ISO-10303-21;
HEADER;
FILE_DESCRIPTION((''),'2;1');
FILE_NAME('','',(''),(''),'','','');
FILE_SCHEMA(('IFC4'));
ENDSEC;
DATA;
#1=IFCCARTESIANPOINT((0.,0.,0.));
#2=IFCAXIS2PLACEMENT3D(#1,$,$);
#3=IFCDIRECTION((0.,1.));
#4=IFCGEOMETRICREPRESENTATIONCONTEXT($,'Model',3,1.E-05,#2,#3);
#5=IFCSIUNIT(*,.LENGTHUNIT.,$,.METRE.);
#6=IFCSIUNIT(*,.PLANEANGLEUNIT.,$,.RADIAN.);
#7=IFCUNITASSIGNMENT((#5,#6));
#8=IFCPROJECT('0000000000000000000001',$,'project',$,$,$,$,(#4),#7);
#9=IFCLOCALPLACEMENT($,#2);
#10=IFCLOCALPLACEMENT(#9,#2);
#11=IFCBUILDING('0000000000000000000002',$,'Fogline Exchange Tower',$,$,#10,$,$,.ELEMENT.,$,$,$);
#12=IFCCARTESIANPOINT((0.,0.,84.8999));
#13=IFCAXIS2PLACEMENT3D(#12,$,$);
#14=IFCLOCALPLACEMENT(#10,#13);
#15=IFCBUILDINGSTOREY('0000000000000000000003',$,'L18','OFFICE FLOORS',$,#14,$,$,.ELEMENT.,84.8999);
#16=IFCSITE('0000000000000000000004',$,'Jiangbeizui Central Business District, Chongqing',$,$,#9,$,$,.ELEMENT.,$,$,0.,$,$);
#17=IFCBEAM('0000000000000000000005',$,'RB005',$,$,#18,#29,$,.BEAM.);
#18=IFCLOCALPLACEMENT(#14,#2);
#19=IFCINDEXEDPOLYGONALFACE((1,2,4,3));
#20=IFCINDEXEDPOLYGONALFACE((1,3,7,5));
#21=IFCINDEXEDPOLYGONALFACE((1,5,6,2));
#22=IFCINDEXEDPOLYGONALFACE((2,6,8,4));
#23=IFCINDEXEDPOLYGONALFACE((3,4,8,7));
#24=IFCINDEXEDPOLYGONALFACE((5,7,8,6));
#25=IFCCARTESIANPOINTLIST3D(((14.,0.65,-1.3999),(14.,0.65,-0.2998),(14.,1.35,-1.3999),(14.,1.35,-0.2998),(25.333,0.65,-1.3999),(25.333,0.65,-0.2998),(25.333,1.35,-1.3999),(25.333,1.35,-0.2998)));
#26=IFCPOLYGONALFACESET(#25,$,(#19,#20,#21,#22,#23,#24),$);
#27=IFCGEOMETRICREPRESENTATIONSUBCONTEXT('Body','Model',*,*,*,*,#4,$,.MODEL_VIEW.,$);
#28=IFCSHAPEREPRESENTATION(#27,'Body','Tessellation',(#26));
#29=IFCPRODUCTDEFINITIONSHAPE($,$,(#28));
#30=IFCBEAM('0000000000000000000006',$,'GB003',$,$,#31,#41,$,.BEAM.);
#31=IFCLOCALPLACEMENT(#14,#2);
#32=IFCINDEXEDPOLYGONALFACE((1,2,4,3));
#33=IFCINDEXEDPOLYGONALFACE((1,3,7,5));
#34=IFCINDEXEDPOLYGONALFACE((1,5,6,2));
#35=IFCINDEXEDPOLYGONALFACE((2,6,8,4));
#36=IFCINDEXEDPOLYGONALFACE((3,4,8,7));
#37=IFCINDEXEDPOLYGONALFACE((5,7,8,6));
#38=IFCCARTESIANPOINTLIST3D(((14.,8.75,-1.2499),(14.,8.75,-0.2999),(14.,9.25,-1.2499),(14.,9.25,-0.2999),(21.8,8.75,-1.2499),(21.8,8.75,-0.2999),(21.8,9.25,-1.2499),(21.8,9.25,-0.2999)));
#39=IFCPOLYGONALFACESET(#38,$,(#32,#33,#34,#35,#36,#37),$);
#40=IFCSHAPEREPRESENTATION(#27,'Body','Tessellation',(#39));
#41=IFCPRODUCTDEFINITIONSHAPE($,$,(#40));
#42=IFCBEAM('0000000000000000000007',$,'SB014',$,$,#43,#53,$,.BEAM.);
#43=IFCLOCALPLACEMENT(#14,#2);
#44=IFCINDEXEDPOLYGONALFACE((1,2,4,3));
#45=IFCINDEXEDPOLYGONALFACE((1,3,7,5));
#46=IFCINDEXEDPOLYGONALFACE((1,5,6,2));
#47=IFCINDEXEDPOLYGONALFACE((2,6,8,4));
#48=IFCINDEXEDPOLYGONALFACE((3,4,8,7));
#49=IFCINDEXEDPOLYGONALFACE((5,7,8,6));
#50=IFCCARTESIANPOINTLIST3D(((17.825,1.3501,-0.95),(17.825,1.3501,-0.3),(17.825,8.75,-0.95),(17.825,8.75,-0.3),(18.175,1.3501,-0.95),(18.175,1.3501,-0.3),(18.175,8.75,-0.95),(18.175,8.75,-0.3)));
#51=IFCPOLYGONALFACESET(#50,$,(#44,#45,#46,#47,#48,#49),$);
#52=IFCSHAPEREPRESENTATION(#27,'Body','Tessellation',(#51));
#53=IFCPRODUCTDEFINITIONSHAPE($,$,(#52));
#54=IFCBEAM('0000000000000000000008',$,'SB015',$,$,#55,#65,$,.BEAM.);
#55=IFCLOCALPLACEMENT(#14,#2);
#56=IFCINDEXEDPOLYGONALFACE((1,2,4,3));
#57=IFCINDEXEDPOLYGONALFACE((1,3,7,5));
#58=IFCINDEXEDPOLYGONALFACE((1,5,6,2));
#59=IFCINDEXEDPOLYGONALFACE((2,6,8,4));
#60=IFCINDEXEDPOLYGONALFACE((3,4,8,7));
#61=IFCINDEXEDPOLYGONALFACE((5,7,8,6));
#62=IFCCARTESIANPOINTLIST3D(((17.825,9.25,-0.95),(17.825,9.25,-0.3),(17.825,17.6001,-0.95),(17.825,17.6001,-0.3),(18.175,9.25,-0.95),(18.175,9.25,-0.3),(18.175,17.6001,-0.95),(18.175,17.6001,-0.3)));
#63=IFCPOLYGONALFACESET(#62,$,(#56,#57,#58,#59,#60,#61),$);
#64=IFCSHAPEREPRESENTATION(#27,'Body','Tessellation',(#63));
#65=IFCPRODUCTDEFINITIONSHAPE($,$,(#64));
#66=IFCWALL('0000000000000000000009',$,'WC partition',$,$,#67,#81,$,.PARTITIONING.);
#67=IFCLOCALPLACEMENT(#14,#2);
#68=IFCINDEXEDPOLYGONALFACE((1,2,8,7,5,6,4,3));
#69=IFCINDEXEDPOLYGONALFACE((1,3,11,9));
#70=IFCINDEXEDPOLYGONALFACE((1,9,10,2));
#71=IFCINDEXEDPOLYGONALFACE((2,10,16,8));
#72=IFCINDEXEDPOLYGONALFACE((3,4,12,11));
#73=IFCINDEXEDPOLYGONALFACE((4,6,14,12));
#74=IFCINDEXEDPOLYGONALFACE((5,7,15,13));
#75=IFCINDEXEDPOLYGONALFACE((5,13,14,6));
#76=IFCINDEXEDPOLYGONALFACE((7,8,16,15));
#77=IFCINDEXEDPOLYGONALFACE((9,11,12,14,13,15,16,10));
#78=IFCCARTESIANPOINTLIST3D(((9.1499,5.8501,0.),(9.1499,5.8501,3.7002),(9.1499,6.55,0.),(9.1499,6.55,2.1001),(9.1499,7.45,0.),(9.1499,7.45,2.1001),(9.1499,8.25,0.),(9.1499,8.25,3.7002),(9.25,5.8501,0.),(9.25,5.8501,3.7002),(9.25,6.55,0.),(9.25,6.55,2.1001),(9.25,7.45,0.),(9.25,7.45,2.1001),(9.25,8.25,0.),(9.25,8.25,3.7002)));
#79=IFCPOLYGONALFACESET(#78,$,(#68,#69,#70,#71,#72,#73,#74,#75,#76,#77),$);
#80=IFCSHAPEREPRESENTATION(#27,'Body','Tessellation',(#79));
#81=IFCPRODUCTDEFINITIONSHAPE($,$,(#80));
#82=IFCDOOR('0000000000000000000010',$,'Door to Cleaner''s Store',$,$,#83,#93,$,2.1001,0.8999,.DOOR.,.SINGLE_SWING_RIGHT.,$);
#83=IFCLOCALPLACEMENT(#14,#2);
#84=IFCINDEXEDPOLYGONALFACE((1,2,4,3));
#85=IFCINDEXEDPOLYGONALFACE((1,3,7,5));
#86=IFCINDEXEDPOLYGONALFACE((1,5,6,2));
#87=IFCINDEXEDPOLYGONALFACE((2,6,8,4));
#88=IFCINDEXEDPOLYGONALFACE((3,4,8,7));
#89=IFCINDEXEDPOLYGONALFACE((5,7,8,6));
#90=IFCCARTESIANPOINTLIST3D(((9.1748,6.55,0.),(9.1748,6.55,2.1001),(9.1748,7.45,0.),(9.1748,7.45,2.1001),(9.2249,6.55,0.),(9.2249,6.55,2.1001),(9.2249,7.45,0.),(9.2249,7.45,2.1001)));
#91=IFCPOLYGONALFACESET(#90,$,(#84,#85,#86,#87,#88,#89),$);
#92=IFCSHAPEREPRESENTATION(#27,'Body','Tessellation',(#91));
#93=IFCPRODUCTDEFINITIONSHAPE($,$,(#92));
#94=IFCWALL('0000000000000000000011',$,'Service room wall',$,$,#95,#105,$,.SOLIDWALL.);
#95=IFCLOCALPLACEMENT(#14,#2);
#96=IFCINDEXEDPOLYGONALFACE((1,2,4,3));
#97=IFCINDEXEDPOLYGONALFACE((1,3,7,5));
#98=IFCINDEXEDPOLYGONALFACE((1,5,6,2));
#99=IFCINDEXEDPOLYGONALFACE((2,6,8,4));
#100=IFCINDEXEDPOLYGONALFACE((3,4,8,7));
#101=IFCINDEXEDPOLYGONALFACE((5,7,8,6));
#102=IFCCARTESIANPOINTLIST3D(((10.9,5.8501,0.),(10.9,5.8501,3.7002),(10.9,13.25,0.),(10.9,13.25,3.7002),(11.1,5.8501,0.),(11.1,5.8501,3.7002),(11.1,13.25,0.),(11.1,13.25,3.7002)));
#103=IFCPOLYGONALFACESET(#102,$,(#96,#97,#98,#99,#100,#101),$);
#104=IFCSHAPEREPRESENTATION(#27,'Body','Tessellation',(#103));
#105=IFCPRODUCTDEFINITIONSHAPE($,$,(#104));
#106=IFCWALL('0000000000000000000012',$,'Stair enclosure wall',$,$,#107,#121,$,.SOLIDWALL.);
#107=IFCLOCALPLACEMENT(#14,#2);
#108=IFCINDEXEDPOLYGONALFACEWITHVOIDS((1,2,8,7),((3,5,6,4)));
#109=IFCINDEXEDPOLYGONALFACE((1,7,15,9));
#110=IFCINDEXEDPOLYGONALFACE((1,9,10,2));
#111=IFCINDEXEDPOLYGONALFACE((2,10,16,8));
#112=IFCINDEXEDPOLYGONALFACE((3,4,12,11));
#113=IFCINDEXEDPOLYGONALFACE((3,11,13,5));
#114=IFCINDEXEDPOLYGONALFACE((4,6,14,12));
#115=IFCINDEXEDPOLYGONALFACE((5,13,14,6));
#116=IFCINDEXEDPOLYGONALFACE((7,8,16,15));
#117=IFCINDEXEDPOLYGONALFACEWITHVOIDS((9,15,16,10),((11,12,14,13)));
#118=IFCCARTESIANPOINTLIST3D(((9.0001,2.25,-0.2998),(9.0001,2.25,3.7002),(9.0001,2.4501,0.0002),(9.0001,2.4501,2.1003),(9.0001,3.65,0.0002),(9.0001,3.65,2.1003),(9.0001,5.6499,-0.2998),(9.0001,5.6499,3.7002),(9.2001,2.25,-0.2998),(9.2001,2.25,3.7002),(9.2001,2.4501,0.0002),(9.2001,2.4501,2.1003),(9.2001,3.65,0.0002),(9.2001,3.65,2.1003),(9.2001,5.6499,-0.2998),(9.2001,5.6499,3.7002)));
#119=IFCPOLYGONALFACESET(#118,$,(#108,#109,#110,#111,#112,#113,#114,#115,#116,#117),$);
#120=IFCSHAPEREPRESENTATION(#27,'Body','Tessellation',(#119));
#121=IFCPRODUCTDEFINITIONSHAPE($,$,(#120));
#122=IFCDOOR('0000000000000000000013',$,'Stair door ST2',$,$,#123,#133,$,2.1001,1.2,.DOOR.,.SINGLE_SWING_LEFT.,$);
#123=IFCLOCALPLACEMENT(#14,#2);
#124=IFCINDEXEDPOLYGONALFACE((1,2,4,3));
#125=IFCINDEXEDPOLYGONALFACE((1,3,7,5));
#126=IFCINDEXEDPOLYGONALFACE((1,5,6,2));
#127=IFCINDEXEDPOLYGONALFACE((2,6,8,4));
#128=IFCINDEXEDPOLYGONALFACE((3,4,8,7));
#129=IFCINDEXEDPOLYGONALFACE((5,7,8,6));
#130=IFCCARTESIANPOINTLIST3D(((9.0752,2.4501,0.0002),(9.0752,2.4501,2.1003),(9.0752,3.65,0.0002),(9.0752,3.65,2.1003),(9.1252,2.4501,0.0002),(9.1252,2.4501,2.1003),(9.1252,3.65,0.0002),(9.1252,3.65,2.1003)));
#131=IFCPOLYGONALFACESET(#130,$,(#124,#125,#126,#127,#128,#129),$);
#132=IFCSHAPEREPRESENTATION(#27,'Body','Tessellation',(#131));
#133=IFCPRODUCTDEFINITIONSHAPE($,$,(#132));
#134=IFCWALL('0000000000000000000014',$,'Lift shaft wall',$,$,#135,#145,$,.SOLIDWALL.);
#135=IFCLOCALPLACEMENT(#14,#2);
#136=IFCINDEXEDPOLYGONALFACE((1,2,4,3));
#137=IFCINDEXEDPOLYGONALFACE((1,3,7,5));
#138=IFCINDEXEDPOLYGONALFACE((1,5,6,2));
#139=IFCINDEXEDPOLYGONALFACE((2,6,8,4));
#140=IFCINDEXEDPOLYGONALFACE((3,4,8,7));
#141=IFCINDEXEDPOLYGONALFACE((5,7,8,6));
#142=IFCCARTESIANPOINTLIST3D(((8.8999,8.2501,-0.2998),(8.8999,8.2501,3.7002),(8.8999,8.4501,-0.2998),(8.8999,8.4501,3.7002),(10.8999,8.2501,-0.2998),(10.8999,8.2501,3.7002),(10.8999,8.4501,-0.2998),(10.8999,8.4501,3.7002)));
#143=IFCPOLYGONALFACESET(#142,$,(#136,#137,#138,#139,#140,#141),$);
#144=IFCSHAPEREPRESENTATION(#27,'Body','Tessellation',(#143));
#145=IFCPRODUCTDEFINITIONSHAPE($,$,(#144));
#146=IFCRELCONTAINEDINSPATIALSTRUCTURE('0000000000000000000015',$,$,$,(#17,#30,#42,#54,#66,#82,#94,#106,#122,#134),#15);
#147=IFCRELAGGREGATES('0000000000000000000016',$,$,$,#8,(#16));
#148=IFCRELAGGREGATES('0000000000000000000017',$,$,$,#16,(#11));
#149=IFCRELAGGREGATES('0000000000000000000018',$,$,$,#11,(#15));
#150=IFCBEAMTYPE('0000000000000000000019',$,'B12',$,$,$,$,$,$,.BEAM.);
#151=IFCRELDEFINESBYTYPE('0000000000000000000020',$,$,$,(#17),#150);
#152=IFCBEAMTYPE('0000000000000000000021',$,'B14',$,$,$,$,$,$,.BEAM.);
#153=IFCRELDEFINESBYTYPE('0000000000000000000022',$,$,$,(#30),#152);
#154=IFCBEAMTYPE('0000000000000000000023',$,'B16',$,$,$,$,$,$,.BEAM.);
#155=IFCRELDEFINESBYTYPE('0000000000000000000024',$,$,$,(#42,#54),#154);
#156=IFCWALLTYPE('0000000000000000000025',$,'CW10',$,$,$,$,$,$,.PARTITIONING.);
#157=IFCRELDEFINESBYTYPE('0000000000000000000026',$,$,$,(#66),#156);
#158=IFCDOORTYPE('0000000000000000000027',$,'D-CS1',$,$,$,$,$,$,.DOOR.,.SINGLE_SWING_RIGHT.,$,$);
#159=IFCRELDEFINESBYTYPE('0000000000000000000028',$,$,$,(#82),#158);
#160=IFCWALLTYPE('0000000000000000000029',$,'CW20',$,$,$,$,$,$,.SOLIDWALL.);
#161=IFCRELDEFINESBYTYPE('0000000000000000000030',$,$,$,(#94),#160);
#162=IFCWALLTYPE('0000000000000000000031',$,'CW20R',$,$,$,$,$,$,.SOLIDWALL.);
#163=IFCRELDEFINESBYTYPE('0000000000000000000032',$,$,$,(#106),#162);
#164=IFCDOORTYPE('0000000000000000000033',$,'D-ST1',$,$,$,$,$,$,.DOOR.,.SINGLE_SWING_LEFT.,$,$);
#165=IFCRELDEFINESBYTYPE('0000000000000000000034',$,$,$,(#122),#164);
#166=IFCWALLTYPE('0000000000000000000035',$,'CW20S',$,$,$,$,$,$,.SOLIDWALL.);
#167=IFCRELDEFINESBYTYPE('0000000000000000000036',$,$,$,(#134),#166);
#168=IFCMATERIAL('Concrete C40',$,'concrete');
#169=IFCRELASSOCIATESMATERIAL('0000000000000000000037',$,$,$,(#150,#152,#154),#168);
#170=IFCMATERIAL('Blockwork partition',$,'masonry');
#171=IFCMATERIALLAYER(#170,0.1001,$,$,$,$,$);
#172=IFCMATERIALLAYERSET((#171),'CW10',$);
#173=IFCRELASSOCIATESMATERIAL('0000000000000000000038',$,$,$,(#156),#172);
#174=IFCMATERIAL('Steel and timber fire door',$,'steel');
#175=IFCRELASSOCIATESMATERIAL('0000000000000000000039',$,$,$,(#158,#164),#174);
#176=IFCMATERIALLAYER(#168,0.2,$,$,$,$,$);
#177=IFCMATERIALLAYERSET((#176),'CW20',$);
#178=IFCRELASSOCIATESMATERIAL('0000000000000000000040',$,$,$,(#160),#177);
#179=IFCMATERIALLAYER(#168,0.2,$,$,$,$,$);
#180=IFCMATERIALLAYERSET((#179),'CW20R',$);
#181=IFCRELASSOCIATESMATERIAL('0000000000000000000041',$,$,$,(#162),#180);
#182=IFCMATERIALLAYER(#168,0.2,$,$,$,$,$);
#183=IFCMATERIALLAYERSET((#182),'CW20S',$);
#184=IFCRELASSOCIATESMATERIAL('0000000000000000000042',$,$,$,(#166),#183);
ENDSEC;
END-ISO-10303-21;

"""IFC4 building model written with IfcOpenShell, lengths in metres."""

from ifc_helpers import new_model, si_unit, direction, frame, frame_2d, origin, origin_2d, place, context, subcontext, project, spatial, rectangle, extrude, material, layer, layer_set, material_profile, profile_set, type_object, element, fill, save


model = new_model("IFC4")

# Units and contexts
model_context = context("Model", 3, precision=1e-05, world=origin(), true_north=direction((0.0, 1.0)))
body_context = subcontext(model_context, "Body", "Model", "MODEL_VIEW")
ifc_project = project(units=[si_unit("LENGTHUNIT", "METRE"), si_unit("PLANEANGLEUNIT", "RADIAN")], contexts=[model_context])

# Site, building, storey
site_placement = place(None, origin())
site = spatial("IfcSite", under=ifc_project, at=site_placement, Name="Jiangbeizui Central Business District, Chongqing", CompositionType="ELEMENT", RefElevation=0.0)
building_placement = place(site_placement, origin())
building = spatial("IfcBuilding", under=site, at=building_placement, Name="Fogline Exchange Tower", CompositionType="ELEMENT")
storey_placement = place(building_placement, frame((0.0, 0.0, 84.8999)))
storey = spatial("IfcBuildingStorey", under=building, at=storey_placement, Name="L18", Description="OFFICE FLOORS", CompositionType="ELEMENT", Elevation=84.8999)

# Beams
ifc_material_1 = material(Name="Concrete C40", Category="concrete")
ifc_material_profile_1 = material_profile(ifc_material_1, rectangle(XDim=0.7, YDim=1.1001, at=origin_2d()), Name="RC 700x1100")
ifc_profile_set_1 = profile_set([ifc_material_profile_1], Name="Concrete C40")
beam_type_1 = type_object("IfcBeamType", Name="B12", PredefinedType="BEAM", material=ifc_profile_set_1)
beam_1_placement = place(storey_placement, frame((14.0, 1.0, -0.8499), z_axis=(1.0, 0.0, 0.0), x_axis=(0.0, 1.0, 0.0)))
element("IfcBeam", 1, at=beam_1_placement, inside=storey, type_object=beam_type_1, Name="RB005", PredefinedType="BEAM", context=body_context, shape_type="SweptSolid", body=[
    extrude(rectangle(XDim=0.7, YDim=1.1001, at=origin_2d()), origin(), (0.0, 0.0, 1.0), 11.333),
])
ifc_material_profile_2 = material_profile(ifc_material_1, rectangle(XDim=0.5, YDim=0.95, at=origin_2d()), Name="RC 500x950")
ifc_profile_set_2 = profile_set([ifc_material_profile_2], Name="Concrete C40")
beam_type_2 = type_object("IfcBeamType", Name="B14", PredefinedType="BEAM", material=ifc_profile_set_2)
beam_2_placement = place(storey_placement, frame((14.0, 9.0, -0.7749), z_axis=(1.0, 0.0, 0.0), x_axis=(0.0, 1.0, 0.0)))
element("IfcBeam", 2, at=beam_2_placement, inside=storey, type_object=beam_type_2, Name="GB003", PredefinedType="BEAM", context=body_context, shape_type="SweptSolid", body=[
    extrude(rectangle(XDim=0.5, YDim=0.95, at=origin_2d()), origin(), (0.0, 0.0, 1.0), 7.8),
])
ifc_material_profile_3 = material_profile(ifc_material_1, rectangle(XDim=0.3501, YDim=0.6499, at=origin_2d()), Name="RC 350x650")
ifc_profile_set_3 = profile_set([ifc_material_profile_3], Name="Concrete C40")
beam_type_3 = type_object("IfcBeamType", Name="B16", PredefinedType="BEAM", material=ifc_profile_set_3)
beam_3_placement = place(storey_placement, frame((18.0, 1.3501, -0.625), z_axis=(0.0, 1.0, 0.0), x_axis=(-1.0, 0.0, 0.0)))
element("IfcBeam", 3, at=beam_3_placement, inside=storey, type_object=beam_type_3, Name="SB014", PredefinedType="BEAM", context=body_context, shape_type="SweptSolid", body=[
    extrude(rectangle(XDim=0.3501, YDim=0.6499, at=origin_2d()), origin(), (0.0, 0.0, 1.0), 7.3999),
])
beam_4_placement = place(storey_placement, frame((18.0, 9.25, -0.625), z_axis=(0.0, 1.0, 0.0), x_axis=(-1.0, 0.0, 0.0)))
element("IfcBeam", 4, at=beam_4_placement, inside=storey, type_object=beam_type_3, Name="SB015", PredefinedType="BEAM", context=body_context, shape_type="SweptSolid", body=[
    extrude(rectangle(XDim=0.3501, YDim=0.6499, at=origin_2d()), origin(), (0.0, 0.0, 1.0), 8.3501),
])

# Wall, opening, door
ifc_material_2 = material(Name="Blockwork partition", Category="masonry")
ifc_layer_1 = layer(ifc_material_2, 0.1001)
ifc_layer_set_1 = layer_set([ifc_layer_1], Name="CW10")
wall_type_1 = type_object("IfcWallType", Name="CW10", PredefinedType="PARTITIONING", material=ifc_layer_set_1)
wall_1_placement = place(storey_placement, frame((9.2, 5.8501, 0.0), z_axis=(0.0, 0.0, 1.0), x_axis=(0.0, 1.0, 0.0)))
wall_1 = element("IfcWall", 5, at=wall_1_placement, inside=storey, type_object=wall_type_1, Name="WC partition", PredefinedType="PARTITIONING", context=body_context, shape_type="SweptSolid", body=[
    extrude(rectangle(XDim=2.3999, YDim=0.1001, at=frame_2d((1.2, 0.0))), origin(), (0.0, 0.0, 1.0), 3.7002),
])
opening_1_placement = place(wall_1_placement, frame((0.7, 0.0, 0.0)))
opening_1 = element("IfcOpeningElement", 6, at=opening_1_placement, cuts=wall_1, PredefinedType="OPENING", context=body_context, shape_type="SweptSolid", body=[
    extrude(rectangle(XDim=0.8999, YDim=2.1001, at=frame_2d((0.45, 1.05))), frame((0.0, 0.0601, 0.0), z_axis=(0.0, -1.0, 0.0), x_axis=(1.0, 0.0, 0.0)), (0.0, 0.0, 1.0), 0.1201),
])
ifc_material_3 = material(Name="Steel and timber fire door", Category="steel")
door_type_1 = type_object("IfcDoorType", Name="D-CS1", OperationType="SINGLE_SWING_RIGHT", PredefinedType="DOOR", material=ifc_material_3)
door_1_placement = place(opening_1_placement, frame((0.8999, 0.0, 0.0), z_axis=(0.0, 0.0, 1.0), x_axis=(-1.0, 0.0, 0.0)))
door_1 = element("IfcDoor", 7, at=door_1_placement, inside=storey, type_object=door_type_1, Name="Door to Cleaner's Store", OperationType="SINGLE_SWING_RIGHT", OverallHeight=2.1001, OverallWidth=0.8999, PredefinedType="DOOR", context=body_context, shape_type="SweptSolid", body=[
    extrude(rectangle(XDim=0.8999, YDim=2.1001, at=frame_2d((0.45, 1.05))), frame((0.0, 0.0249, 0.0), z_axis=(0.0, -1.0, 0.0), x_axis=(1.0, 0.0, 0.0)), (0.0, 0.0, 1.0), 0.05),
])
fill(opening_1, door_1)

# Wall
ifc_layer_2 = layer(ifc_material_1, 0.2)
ifc_layer_set_2 = layer_set([ifc_layer_2], Name="CW20")
wall_type_2 = type_object("IfcWallType", Name="CW20", PredefinedType="SOLIDWALL", material=ifc_layer_set_2)
wall_2_placement = place(storey_placement, frame((11.0, 5.8501, 0.0), z_axis=(0.0, 0.0, 1.0), x_axis=(0.0, 1.0, 0.0)))
element("IfcWall", 8, at=wall_2_placement, inside=storey, type_object=wall_type_2, Name="Service room wall", PredefinedType="SOLIDWALL", context=body_context, shape_type="SweptSolid", body=[
    extrude(rectangle(XDim=7.3999, YDim=0.2, at=frame_2d((3.7, 0.0))), origin(), (0.0, 0.0, 1.0), 3.7002),
])

# Wall, opening, door
ifc_layer_3 = layer(ifc_material_1, 0.2)
ifc_layer_set_3 = layer_set([ifc_layer_3], Name="CW20R")
wall_type_3 = type_object("IfcWallType", Name="CW20R", PredefinedType="SOLIDWALL", material=ifc_layer_set_3)
wall_3_placement = place(storey_placement, frame((9.1001, 2.25, -0.2998), z_axis=(0.0, 0.0, 1.0), x_axis=(0.0, 1.0, 0.0)))
wall_3 = element("IfcWall", 9, at=wall_3_placement, inside=storey, type_object=wall_type_3, Name="Stair enclosure wall", PredefinedType="SOLIDWALL", context=body_context, shape_type="SweptSolid", body=[
    extrude(rectangle(XDim=3.3999, YDim=0.2, at=frame_2d((1.7, 0.0))), origin(), (0.0, 0.0, 1.0), 4.0),
])
opening_2_placement = place(wall_3_placement, frame((0.2, 0.0, 0.3)))
opening_2 = element("IfcOpeningElement", 10, at=opening_2_placement, cuts=wall_3, PredefinedType="OPENING", context=body_context, shape_type="SweptSolid", body=[
    extrude(rectangle(XDim=1.2, YDim=2.1001, at=frame_2d((0.6001, 1.05))), frame((0.0, 0.1099, 0.0), z_axis=(0.0, -1.0, 0.0), x_axis=(1.0, 0.0, 0.0)), (0.0, 0.0, 1.0), 0.22),
])
door_type_2 = type_object("IfcDoorType", Name="D-ST1", OperationType="SINGLE_SWING_LEFT", PredefinedType="DOOR", material=ifc_material_3)
door_2_placement = place(opening_2_placement, origin())
door_2 = element("IfcDoor", 11, at=door_2_placement, inside=storey, type_object=door_type_2, Name="Stair door ST2", OperationType="SINGLE_SWING_LEFT", OverallHeight=2.1001, OverallWidth=1.2, PredefinedType="DOOR", context=body_context, shape_type="SweptSolid", body=[
    extrude(rectangle(XDim=1.2, YDim=2.1001, at=frame_2d((0.6001, 1.05))), frame((0.0, 0.0249, 0.0), z_axis=(0.0, -1.0, 0.0), x_axis=(1.0, 0.0, 0.0)), (0.0, 0.0, 1.0), 0.05),
])
fill(opening_2, door_2)

# Wall
ifc_layer_4 = layer(ifc_material_1, 0.2)
ifc_layer_set_4 = layer_set([ifc_layer_4], Name="CW20S")
wall_type_4 = type_object("IfcWallType", Name="CW20S", PredefinedType="SOLIDWALL", material=ifc_layer_set_4)
wall_4_placement = place(storey_placement, frame((8.8999, 8.3501, -0.2998), z_axis=(0.0, 0.0, 1.0), x_axis=(1.0, 0.0, 0.0)))
element("IfcWall", 12, at=wall_4_placement, inside=storey, type_object=wall_type_4, Name="Lift shaft wall", PredefinedType="SOLIDWALL", context=body_context, shape_type="SweptSolid", body=[
    extrude(rectangle(XDim=2.0, YDim=0.2, at=frame_2d((1.0, 0.0))), origin(), (0.0, 0.0, 1.0), 4.0),
])

save(model, "model.ifc")
